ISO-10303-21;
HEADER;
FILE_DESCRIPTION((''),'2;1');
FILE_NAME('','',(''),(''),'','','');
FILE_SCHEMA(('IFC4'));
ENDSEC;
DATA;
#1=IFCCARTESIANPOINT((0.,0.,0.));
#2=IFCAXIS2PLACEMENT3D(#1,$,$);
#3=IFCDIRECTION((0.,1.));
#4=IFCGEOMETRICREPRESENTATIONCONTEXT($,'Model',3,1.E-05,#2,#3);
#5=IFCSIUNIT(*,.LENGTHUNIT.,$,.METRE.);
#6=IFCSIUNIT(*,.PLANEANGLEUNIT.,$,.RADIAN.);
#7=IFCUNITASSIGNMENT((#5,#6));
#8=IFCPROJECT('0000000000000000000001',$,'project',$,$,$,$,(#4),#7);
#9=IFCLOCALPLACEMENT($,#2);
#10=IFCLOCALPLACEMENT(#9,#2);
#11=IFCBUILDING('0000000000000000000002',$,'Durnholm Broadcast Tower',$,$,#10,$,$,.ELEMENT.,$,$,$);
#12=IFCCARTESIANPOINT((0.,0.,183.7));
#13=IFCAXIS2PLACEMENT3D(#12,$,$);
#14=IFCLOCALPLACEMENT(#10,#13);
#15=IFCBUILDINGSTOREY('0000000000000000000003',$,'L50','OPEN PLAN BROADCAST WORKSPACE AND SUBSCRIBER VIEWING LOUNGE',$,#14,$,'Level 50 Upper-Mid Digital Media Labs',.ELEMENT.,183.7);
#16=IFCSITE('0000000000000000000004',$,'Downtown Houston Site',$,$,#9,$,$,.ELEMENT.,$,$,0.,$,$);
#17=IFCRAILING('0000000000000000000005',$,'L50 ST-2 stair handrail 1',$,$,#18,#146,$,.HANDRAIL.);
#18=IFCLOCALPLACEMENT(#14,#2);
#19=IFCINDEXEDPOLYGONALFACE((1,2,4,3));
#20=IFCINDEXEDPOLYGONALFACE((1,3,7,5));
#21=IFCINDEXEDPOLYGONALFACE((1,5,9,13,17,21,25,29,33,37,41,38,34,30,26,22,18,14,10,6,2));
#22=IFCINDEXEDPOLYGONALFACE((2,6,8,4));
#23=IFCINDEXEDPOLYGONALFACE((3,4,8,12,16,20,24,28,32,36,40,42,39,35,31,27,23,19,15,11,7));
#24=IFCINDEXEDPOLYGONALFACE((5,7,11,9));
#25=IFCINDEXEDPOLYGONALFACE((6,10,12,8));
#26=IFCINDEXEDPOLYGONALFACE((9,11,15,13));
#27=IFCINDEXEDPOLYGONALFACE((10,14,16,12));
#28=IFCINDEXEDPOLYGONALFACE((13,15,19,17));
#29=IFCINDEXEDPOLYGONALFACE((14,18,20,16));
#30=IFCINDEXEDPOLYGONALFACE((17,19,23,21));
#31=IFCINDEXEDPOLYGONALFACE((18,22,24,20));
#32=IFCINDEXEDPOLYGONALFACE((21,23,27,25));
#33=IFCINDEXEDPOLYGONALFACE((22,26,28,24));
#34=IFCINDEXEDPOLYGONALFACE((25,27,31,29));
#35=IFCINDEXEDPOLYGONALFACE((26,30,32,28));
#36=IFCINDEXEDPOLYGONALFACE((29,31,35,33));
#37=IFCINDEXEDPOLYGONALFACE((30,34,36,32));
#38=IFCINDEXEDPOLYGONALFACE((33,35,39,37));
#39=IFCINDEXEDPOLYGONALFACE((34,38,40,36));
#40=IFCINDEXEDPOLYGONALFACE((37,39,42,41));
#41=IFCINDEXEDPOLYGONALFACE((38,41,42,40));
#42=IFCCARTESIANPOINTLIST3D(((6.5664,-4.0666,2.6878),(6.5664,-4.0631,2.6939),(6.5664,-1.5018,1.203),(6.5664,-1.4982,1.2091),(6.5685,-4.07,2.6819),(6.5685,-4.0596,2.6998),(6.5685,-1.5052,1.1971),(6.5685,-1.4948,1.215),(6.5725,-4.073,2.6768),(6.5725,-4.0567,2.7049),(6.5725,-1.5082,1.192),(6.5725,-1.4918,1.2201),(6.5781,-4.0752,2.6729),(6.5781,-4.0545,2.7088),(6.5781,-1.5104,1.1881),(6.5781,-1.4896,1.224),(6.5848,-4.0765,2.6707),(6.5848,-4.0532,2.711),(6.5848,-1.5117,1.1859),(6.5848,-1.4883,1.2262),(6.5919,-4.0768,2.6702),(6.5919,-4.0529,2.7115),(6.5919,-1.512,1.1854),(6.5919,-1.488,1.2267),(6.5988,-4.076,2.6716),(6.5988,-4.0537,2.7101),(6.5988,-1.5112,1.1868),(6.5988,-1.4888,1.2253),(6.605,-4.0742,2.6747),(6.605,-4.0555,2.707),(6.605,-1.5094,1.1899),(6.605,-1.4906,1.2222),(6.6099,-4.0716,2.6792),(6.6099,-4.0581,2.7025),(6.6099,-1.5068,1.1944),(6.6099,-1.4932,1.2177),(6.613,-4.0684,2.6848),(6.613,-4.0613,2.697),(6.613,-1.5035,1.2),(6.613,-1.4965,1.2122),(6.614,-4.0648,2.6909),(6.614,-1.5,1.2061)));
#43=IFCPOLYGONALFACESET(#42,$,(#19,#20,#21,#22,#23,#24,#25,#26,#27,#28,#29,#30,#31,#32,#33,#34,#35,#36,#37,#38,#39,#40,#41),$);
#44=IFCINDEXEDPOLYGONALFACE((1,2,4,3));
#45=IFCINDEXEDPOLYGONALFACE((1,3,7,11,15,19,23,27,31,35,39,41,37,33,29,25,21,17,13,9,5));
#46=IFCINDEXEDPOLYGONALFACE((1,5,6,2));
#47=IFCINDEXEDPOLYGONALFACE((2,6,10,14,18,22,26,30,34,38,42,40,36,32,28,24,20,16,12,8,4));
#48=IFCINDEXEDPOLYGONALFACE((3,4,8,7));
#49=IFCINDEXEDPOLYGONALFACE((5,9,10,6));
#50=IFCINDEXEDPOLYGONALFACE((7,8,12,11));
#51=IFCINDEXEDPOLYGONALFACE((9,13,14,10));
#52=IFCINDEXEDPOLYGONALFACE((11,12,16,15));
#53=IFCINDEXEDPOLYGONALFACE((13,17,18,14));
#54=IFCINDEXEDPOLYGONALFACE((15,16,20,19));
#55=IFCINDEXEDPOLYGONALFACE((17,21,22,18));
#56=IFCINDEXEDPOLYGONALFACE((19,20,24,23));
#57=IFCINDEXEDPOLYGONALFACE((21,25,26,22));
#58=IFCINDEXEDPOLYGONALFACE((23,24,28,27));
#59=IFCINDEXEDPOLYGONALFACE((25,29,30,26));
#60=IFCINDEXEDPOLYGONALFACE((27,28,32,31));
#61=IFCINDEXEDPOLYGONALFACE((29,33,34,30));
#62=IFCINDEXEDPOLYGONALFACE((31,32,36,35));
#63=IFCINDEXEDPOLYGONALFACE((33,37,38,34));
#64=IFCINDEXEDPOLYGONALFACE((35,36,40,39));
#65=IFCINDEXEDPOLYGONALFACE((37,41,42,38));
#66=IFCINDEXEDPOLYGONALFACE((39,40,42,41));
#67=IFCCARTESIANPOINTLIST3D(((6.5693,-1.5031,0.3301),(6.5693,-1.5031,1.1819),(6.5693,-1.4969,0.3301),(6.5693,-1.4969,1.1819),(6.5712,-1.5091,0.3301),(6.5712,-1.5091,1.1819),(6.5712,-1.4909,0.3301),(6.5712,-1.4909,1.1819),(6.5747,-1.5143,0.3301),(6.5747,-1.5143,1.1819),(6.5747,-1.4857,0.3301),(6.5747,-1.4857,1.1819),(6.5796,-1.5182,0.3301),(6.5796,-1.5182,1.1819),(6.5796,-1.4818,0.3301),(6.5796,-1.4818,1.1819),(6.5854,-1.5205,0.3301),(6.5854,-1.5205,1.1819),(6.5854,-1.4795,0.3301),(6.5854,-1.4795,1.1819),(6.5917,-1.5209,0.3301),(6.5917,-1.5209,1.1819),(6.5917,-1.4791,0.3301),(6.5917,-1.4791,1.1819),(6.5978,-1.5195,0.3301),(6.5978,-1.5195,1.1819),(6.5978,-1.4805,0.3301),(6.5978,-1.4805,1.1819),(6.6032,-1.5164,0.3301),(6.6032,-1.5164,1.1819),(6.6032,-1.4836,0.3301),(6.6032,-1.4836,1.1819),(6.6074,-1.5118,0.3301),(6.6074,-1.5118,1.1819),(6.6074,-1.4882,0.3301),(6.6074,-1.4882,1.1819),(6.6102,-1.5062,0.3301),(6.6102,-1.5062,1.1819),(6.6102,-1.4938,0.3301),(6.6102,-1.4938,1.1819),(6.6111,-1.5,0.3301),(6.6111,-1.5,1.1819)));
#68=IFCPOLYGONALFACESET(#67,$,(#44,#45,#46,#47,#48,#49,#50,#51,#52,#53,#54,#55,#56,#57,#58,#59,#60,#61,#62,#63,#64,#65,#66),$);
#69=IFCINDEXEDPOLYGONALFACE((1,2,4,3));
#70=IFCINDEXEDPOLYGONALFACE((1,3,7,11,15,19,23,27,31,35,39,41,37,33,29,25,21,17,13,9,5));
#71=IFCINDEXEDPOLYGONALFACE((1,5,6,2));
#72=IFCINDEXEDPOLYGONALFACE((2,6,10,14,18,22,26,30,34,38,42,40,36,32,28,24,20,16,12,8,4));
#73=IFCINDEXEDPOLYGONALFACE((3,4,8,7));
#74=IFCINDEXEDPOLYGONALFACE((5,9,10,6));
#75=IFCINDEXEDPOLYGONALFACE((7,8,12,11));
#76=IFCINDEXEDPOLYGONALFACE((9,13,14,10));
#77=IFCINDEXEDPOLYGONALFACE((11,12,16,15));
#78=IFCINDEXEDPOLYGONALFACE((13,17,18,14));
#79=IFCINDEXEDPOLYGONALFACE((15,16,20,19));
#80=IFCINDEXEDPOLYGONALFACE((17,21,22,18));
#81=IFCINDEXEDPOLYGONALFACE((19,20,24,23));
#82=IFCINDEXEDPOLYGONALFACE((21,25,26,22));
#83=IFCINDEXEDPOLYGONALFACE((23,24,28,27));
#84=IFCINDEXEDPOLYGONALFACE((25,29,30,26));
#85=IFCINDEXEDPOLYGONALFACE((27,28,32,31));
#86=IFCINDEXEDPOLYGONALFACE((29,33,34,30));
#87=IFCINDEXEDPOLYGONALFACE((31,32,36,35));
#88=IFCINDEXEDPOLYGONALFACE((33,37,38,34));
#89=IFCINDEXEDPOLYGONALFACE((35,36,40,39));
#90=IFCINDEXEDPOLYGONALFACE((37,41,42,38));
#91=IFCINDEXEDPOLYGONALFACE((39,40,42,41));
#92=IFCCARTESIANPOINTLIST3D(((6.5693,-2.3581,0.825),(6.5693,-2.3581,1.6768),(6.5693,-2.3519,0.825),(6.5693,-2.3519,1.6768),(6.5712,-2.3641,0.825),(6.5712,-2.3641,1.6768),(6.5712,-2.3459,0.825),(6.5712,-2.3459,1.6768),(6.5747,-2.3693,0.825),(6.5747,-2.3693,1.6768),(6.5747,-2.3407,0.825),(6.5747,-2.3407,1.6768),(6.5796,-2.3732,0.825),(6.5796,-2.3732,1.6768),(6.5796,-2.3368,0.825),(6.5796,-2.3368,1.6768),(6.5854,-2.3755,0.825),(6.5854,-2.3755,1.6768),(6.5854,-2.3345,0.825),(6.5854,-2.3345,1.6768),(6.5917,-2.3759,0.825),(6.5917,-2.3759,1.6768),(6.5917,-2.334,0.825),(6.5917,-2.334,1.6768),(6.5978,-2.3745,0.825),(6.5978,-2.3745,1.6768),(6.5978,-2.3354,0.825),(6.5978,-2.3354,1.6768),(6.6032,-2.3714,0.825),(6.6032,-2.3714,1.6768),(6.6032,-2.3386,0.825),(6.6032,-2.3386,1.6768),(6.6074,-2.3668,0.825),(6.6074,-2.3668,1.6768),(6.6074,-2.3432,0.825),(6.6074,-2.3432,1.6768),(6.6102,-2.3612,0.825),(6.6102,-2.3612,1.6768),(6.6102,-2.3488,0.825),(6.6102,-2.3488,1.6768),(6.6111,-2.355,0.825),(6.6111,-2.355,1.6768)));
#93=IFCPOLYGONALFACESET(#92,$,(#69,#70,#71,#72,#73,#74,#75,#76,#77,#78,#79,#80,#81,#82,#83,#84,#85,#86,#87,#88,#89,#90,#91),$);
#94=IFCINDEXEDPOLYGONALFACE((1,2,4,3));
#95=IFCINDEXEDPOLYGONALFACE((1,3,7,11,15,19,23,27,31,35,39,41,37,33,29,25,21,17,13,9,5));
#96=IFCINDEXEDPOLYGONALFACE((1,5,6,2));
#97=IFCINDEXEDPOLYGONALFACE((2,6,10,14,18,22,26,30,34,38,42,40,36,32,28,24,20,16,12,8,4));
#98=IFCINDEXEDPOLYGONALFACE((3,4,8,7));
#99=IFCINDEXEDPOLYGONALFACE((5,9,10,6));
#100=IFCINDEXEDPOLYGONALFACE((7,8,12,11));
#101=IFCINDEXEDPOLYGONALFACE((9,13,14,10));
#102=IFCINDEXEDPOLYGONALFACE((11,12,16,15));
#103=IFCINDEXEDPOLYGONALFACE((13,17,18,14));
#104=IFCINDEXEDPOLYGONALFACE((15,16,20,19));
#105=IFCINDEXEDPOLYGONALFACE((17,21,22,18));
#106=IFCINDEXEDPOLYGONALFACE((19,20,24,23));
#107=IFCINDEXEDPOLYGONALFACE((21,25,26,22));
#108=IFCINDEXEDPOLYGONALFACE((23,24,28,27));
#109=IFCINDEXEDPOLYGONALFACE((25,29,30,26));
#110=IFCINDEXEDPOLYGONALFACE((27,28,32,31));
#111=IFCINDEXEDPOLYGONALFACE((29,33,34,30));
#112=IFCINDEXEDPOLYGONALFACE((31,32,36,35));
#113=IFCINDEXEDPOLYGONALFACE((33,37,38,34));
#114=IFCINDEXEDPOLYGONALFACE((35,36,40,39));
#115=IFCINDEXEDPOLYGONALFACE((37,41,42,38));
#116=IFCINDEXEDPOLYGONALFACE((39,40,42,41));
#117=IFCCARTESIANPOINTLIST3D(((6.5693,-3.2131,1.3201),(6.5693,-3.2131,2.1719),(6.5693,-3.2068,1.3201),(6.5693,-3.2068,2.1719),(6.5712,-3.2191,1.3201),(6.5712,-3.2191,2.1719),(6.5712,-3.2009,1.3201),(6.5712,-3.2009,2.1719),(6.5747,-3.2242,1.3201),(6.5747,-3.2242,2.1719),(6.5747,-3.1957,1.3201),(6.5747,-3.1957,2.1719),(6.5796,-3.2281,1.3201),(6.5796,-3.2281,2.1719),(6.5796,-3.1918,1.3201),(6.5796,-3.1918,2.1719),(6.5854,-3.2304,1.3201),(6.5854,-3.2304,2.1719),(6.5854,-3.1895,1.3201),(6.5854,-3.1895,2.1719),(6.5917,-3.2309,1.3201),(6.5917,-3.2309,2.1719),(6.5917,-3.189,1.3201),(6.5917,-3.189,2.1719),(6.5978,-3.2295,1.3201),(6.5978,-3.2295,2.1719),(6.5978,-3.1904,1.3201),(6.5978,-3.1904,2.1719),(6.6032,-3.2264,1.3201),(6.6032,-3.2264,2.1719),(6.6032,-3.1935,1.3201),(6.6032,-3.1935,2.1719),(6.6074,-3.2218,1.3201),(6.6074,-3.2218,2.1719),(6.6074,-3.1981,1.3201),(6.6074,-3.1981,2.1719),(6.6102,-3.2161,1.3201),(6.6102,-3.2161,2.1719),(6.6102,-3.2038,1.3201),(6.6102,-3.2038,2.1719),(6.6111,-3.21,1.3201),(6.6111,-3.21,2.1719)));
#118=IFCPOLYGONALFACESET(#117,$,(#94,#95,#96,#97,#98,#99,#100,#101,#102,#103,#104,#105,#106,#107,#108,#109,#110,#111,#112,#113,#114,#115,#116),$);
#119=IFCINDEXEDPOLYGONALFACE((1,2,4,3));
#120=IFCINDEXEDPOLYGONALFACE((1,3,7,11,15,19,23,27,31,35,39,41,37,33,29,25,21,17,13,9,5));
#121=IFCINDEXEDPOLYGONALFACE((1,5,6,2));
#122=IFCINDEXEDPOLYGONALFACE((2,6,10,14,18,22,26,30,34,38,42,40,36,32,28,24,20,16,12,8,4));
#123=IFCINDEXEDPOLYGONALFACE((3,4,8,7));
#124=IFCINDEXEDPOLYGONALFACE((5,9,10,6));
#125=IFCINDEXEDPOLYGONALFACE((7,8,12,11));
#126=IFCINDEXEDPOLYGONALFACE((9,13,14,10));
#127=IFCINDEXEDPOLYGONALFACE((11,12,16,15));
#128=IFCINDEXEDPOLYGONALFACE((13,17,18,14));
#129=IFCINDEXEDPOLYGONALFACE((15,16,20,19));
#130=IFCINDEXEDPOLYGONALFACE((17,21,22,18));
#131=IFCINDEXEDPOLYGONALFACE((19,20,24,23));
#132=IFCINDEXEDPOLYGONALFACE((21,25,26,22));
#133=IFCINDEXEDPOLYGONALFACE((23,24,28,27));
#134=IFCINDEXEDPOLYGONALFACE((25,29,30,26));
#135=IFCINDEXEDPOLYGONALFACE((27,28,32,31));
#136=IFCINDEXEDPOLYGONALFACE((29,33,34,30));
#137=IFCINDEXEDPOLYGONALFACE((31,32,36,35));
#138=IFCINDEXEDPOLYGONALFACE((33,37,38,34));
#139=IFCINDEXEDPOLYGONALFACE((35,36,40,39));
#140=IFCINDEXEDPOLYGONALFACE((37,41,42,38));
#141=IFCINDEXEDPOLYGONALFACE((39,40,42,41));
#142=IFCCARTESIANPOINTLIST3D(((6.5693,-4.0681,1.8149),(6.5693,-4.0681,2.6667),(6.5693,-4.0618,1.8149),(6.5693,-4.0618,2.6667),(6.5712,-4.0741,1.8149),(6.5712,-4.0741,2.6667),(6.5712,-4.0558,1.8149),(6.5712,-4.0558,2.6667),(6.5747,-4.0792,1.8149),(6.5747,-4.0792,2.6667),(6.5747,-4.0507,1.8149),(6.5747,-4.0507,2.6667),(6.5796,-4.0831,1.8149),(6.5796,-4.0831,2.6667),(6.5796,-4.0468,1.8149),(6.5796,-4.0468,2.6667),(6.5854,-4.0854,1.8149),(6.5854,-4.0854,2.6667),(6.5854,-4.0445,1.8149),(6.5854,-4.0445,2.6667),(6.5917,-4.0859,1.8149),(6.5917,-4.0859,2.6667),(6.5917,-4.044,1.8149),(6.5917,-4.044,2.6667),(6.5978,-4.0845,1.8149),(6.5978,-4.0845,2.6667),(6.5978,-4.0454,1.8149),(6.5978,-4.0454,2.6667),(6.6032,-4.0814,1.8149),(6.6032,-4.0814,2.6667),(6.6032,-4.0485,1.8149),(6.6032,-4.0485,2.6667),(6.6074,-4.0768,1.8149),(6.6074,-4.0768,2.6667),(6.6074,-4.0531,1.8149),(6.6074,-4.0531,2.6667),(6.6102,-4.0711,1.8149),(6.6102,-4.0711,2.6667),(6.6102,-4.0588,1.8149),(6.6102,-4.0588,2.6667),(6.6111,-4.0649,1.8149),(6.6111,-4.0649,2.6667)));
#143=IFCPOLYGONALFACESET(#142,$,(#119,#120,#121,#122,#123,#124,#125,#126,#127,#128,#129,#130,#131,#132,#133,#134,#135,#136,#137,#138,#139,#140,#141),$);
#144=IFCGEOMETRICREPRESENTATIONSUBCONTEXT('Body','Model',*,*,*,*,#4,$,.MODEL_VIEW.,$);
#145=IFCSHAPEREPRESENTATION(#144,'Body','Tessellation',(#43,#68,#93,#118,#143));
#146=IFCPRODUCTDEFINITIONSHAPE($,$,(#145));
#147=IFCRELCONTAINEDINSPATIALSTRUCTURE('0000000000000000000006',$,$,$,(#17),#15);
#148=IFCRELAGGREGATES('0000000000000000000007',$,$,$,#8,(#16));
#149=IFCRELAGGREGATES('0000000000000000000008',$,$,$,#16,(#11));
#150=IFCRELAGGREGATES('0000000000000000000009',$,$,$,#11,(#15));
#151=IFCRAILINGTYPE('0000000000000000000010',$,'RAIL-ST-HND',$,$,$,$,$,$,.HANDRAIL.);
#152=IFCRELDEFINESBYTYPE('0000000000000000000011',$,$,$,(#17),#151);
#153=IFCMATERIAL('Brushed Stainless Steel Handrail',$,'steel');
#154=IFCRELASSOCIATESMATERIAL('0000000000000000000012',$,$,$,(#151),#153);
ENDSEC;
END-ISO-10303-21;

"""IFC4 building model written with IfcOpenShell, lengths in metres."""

from ifc_helpers import new_model, si_unit, direction, frame, origin, origin_2d, place, context, subcontext, project, spatial, circle, extrude, material, type_object, element, save


model = new_model("IFC4")

# Units and contexts
model_context = context("Model", 3, precision=1e-05, world=origin(), true_north=direction((0.0, 1.0)))
body_context = subcontext(model_context, "Body", "Model", "MODEL_VIEW")
ifc_project = project(units=[si_unit("LENGTHUNIT", "METRE"), si_unit("PLANEANGLEUNIT", "RADIAN")], contexts=[model_context])

# Site, building, storey
site_placement = place(None, origin())
site = spatial("IfcSite", under=ifc_project, at=site_placement, Name="Downtown Houston Site", CompositionType="ELEMENT", RefElevation=0.0)
building_placement = place(site_placement, origin())
building = spatial("IfcBuilding", under=site, at=building_placement, Name="Durnholm Broadcast Tower", CompositionType="ELEMENT")
storey_placement = place(building_placement, frame((0.0, 0.0, 183.7)))
storey = spatial("IfcBuildingStorey", under=building, at=storey_placement, Name="L50", Description="OPEN PLAN BROADCAST WORKSPACE AND SUBSCRIBER VIEWING LOUNGE", LongName="Level 50 Upper-Mid Digital Media Labs", CompositionType="ELEMENT", Elevation=183.7)

# Railing
ifc_material_1 = material(Name="Brushed Stainless Steel Handrail", Category="steel")
railing_type_1 = type_object("IfcRailingType", Name="RAIL-ST-HND", PredefinedType="HANDRAIL", material=ifc_material_1)
railing_1_placement = place(storey_placement, frame((6.5901, -1.5, 0.3301)))
element("IfcRailing", 1, at=railing_1_placement, inside=storey, type_object=railing_type_1, Name="L50 ST-2 stair handrail 1", PredefinedType="HANDRAIL", context=body_context, shape_type="SweptSolid", body=[
    extrude(circle(Radius=0.0239, at=origin_2d()), frame((0.0, 0.0, 0.876), z_axis=(0.0, -0.865441, 0.50101), x_axis=(1.0, 0.0, 0.0)), (0.0, 0.0, 1.0), 2.9636),
    extrude(circle(Radius=0.021, at=origin_2d()), origin(), (0.0, 0.0, 1.0), 0.8518),
    extrude(circle(Radius=0.021, at=origin_2d()), frame((0.0, -0.855, 0.4949)), (0.0, 0.0, 1.0), 0.8518),
    extrude(circle(Radius=0.021, at=origin_2d()), frame((0.0, -1.71, 0.99)), (0.0, 0.0, 1.0), 0.8518),
    extrude(circle(Radius=0.021, at=origin_2d()), frame((0.0, -2.5649, 1.4849)), (0.0, 0.0, 1.0), 0.8518),
])

save(model, "model.ifc")
